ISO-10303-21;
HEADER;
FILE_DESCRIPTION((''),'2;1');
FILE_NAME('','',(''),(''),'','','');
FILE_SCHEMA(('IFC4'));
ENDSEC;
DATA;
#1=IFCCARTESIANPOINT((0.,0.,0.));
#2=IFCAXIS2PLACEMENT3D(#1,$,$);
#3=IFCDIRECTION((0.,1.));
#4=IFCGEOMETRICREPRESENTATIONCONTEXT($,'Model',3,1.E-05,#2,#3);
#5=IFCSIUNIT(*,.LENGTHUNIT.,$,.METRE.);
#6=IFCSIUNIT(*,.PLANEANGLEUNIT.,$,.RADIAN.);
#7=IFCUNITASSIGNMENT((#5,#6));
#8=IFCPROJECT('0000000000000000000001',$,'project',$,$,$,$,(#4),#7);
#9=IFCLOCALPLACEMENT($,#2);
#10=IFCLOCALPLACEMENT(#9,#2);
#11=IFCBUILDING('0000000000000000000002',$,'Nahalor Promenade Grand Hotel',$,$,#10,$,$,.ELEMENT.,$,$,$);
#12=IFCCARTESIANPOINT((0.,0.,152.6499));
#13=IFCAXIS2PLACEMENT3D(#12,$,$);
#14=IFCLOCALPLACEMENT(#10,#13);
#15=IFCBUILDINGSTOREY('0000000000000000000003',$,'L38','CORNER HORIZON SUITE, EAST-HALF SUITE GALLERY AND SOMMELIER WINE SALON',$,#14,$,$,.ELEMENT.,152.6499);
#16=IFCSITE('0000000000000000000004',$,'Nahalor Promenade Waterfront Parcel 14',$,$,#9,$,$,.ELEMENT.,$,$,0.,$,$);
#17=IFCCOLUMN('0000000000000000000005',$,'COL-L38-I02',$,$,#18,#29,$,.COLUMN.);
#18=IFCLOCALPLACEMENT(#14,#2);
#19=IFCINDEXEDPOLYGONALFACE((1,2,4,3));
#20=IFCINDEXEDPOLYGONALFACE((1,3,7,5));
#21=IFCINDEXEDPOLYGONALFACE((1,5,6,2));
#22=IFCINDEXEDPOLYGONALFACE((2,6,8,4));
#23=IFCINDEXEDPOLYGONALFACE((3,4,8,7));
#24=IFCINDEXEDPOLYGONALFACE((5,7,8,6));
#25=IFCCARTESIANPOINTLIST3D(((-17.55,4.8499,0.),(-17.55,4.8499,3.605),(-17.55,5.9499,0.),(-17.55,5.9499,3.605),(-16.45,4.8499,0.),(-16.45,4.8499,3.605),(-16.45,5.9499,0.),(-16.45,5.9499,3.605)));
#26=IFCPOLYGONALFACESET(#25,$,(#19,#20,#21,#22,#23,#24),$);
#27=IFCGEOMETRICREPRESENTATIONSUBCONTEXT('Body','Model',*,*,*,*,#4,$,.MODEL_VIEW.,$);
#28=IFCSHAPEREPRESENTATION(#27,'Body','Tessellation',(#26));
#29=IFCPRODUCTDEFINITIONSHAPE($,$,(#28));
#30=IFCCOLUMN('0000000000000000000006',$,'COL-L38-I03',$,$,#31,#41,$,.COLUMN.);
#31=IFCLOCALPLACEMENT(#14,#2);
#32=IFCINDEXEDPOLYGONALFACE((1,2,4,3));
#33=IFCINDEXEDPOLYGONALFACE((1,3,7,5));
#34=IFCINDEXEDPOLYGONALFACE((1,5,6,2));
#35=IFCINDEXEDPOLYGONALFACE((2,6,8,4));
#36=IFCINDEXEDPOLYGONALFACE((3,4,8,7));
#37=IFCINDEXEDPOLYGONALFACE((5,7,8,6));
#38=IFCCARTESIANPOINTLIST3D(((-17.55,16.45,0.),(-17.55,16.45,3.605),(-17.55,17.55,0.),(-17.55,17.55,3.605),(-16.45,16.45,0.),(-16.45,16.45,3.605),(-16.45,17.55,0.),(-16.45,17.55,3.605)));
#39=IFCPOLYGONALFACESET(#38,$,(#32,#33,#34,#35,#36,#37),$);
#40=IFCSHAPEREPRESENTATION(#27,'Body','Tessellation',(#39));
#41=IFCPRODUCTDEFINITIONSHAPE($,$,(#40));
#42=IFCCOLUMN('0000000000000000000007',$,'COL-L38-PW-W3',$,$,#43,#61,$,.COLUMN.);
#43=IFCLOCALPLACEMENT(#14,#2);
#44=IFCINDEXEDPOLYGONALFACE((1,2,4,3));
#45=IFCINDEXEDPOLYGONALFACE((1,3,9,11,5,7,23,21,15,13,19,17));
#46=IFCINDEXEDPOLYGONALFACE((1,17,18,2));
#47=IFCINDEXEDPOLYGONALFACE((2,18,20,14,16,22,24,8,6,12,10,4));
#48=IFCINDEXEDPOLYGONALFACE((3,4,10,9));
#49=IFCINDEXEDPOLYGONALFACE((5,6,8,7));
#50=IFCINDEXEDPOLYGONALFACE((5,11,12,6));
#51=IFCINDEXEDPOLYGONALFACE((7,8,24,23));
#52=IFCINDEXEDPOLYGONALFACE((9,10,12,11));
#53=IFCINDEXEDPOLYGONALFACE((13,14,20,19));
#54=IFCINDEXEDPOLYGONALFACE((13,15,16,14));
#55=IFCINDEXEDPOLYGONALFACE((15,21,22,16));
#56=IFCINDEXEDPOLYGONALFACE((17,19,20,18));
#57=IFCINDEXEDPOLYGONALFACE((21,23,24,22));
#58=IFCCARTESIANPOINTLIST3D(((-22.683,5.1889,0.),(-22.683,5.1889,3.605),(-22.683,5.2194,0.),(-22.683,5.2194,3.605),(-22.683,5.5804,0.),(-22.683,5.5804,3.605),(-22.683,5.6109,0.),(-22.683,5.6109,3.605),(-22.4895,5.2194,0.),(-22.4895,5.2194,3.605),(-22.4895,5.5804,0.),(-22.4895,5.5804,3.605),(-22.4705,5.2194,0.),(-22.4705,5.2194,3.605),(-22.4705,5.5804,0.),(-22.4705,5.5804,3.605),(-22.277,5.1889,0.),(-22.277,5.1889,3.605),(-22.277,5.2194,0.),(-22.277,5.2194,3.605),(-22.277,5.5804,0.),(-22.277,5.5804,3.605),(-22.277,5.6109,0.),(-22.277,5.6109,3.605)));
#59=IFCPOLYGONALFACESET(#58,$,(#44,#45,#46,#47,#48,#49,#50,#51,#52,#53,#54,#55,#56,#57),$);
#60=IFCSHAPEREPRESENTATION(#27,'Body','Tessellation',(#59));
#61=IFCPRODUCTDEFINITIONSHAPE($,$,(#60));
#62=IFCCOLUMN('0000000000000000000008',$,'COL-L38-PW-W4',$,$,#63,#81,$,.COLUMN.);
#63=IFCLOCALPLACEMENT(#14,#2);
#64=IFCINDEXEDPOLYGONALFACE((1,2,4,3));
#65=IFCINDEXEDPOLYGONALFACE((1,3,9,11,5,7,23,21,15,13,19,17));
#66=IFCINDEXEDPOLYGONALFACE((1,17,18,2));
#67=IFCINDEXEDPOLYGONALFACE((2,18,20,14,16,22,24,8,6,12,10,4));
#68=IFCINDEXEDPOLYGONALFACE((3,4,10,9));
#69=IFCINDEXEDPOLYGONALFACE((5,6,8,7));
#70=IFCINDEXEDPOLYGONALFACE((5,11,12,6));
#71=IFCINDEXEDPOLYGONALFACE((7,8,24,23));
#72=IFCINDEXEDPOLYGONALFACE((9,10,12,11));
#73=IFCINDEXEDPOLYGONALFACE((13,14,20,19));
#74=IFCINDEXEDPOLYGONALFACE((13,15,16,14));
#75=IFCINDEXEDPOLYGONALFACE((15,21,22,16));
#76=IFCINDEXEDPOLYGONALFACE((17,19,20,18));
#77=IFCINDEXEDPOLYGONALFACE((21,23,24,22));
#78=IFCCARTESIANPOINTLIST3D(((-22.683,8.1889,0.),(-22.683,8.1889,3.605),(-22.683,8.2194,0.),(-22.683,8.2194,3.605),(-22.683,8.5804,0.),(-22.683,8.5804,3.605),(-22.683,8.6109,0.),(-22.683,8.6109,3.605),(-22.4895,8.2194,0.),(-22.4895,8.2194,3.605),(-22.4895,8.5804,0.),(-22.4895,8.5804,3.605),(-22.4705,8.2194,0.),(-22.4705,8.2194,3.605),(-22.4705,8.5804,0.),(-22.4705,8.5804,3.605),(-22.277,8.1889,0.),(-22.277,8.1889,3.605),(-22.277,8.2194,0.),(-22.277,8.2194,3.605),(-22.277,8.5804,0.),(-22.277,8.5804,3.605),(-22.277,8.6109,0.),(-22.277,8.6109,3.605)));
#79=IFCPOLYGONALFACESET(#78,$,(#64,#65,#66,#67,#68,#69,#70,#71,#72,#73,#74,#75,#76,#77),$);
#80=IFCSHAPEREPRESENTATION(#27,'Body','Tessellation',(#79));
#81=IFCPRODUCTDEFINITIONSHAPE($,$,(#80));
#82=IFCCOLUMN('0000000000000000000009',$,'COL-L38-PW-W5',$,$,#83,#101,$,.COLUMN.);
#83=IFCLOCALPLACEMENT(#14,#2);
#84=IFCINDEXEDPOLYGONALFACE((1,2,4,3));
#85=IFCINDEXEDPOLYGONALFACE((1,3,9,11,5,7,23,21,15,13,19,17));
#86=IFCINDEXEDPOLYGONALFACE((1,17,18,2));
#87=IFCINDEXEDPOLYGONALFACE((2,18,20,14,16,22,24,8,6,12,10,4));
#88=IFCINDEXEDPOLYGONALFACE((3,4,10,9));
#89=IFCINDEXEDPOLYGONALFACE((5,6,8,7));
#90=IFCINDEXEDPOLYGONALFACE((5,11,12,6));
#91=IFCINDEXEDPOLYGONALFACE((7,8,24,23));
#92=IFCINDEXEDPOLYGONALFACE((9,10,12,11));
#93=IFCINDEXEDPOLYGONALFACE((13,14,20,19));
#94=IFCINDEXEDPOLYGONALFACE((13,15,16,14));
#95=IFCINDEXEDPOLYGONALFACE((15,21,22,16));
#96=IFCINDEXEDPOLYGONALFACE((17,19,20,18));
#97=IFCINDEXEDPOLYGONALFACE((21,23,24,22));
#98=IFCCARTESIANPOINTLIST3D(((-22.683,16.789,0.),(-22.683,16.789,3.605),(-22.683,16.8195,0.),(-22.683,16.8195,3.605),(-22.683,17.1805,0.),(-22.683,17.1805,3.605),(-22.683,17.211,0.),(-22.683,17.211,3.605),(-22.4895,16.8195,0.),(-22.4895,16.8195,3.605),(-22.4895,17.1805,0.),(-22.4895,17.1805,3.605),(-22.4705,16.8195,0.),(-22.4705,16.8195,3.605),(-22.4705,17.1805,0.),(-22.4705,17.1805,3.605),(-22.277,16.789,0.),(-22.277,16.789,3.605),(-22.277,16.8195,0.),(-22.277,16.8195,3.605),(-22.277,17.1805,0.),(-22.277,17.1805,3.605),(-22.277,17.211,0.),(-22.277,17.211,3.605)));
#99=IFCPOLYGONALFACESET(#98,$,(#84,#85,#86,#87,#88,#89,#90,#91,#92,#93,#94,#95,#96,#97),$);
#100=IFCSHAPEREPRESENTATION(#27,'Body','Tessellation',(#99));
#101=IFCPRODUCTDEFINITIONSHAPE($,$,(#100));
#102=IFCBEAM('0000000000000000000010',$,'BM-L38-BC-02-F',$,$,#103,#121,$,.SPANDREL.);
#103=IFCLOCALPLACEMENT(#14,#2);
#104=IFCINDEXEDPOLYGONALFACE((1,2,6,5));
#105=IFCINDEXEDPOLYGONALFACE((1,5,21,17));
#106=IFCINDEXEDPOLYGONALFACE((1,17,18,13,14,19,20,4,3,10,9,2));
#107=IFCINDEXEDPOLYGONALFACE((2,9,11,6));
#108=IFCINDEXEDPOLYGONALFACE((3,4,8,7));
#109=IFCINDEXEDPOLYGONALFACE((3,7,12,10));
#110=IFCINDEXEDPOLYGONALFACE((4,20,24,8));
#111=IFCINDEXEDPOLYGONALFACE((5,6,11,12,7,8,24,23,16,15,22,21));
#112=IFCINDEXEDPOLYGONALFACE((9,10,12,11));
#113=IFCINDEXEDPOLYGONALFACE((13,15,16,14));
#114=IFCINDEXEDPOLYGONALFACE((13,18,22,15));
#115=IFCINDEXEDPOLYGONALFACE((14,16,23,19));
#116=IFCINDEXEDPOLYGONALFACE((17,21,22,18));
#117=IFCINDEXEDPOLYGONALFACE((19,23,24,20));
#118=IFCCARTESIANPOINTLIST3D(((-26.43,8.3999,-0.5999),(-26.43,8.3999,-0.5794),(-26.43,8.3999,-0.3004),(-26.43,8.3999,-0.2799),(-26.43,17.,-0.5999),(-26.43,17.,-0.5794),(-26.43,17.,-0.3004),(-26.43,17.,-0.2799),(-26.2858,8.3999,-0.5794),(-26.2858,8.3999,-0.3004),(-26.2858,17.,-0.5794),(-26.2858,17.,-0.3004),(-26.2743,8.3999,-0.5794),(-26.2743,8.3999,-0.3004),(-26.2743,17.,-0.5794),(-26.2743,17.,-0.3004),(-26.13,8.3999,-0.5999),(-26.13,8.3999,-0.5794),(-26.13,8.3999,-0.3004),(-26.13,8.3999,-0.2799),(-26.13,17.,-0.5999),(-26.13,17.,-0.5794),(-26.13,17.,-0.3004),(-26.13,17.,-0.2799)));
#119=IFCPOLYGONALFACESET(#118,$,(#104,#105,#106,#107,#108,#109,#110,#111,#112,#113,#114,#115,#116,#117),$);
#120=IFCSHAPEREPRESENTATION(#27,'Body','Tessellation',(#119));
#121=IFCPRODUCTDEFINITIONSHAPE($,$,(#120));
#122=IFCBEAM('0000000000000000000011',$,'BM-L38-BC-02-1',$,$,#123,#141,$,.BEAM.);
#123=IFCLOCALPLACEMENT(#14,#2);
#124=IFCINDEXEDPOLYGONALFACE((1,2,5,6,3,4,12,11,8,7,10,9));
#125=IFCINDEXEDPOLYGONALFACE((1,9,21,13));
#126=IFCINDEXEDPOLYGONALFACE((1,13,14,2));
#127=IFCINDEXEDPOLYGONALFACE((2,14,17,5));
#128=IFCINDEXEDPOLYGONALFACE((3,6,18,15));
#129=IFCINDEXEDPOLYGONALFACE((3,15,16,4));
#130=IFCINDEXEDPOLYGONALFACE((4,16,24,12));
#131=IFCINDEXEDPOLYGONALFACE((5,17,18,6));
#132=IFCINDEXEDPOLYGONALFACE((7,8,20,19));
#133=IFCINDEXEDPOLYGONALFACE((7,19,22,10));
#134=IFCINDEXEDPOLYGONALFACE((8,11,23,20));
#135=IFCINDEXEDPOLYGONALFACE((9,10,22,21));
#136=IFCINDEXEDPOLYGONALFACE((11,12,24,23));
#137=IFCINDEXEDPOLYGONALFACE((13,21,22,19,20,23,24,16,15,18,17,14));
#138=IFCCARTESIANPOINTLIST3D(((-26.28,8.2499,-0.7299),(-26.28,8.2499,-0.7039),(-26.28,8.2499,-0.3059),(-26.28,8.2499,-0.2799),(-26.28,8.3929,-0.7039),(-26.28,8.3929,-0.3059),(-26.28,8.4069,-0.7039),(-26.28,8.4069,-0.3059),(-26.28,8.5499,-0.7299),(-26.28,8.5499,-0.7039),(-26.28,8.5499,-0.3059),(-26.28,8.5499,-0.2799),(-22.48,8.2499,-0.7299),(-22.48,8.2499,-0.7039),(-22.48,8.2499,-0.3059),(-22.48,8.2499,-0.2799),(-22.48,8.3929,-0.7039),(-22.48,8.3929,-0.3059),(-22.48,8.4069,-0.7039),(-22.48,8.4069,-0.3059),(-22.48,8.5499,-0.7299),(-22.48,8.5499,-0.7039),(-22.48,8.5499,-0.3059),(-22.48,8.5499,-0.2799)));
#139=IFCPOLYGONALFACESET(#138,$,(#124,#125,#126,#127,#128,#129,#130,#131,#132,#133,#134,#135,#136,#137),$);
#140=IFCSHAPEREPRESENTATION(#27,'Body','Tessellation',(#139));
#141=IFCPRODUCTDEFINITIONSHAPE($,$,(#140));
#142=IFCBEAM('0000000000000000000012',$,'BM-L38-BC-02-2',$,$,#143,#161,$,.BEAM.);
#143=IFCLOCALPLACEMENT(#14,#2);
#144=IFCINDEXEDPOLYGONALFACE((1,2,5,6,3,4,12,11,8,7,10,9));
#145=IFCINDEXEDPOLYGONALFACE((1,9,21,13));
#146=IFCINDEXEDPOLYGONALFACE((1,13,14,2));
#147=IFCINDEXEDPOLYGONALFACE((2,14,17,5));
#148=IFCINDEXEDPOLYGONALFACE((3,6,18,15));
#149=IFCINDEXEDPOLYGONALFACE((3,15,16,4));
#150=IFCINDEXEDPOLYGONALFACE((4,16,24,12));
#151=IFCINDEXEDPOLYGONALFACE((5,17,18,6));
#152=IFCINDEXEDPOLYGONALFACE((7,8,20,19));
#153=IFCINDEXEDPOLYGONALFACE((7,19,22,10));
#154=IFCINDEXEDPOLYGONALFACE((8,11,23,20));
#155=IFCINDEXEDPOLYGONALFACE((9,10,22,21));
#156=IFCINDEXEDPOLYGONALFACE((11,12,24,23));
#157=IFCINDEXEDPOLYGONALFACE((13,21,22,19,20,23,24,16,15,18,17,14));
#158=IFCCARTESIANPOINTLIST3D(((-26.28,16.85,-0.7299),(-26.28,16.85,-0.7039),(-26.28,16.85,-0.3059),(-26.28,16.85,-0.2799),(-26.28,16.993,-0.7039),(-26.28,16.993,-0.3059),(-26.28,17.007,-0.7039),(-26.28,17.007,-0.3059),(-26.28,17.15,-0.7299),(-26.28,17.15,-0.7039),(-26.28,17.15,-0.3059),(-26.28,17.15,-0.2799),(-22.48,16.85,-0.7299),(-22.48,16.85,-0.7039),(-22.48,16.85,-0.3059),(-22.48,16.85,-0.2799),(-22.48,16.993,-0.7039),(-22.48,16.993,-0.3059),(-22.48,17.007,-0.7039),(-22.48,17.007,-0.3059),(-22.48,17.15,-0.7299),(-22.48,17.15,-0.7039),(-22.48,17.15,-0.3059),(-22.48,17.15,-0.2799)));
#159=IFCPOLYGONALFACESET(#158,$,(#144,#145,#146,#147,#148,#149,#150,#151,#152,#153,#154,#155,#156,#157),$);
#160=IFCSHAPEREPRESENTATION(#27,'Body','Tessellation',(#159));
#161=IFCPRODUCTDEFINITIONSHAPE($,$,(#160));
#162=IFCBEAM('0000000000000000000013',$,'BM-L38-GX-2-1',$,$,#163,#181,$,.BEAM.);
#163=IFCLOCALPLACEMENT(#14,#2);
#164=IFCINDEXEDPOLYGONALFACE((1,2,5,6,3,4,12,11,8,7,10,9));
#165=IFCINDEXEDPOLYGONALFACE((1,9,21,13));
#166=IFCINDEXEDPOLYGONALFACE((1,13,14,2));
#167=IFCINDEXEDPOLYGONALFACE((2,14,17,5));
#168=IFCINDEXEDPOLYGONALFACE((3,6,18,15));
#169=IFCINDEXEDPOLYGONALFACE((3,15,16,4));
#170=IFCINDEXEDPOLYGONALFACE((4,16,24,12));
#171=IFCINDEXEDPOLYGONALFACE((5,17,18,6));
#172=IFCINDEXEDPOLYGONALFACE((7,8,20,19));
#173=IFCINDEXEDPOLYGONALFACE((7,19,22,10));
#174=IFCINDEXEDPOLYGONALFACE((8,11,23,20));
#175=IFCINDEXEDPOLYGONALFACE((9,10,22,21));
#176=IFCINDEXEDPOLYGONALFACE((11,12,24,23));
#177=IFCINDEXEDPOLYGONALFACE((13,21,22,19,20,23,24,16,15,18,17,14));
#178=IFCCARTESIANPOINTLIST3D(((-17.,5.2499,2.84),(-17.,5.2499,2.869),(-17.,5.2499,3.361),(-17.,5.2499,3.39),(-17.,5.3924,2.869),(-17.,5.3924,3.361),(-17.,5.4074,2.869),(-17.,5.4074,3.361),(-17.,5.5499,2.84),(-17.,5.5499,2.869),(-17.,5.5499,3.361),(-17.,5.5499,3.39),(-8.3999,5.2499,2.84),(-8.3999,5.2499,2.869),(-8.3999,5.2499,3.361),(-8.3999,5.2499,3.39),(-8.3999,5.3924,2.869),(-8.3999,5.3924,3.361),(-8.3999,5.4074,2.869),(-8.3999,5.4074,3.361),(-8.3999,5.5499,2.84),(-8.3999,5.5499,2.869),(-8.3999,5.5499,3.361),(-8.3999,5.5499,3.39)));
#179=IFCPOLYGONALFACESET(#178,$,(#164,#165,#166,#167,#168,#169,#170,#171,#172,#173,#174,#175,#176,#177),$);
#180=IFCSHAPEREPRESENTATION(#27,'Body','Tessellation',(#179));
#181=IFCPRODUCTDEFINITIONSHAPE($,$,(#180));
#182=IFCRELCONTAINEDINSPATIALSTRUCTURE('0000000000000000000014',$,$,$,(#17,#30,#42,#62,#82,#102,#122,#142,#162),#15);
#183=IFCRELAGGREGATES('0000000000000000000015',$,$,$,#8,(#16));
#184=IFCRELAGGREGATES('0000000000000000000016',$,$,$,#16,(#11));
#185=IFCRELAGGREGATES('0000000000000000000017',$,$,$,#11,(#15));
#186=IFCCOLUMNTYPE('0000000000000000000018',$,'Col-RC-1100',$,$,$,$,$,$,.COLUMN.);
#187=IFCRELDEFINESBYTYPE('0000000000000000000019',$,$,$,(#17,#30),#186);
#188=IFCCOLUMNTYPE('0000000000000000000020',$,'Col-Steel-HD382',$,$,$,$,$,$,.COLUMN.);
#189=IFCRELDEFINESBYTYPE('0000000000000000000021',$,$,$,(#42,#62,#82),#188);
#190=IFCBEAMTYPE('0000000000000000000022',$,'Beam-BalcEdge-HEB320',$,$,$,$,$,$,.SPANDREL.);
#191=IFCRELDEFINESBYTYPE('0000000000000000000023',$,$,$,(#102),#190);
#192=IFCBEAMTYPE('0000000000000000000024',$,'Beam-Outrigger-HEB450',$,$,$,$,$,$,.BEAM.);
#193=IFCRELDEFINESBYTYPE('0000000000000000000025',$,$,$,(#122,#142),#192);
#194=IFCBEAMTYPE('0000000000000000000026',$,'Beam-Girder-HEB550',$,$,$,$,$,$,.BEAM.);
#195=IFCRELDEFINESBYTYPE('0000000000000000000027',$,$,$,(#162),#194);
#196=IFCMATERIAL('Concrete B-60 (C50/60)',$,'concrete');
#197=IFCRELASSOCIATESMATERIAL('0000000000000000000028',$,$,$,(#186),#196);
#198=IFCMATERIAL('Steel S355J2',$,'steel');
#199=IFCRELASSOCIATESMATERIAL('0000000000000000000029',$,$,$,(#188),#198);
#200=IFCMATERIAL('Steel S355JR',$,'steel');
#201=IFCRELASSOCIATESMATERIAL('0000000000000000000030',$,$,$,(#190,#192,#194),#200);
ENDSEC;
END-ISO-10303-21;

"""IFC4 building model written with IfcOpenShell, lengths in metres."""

from ifc_helpers import new_model, si_unit, direction, frame, origin, origin_2d, place, context, subcontext, project, spatial, rectangle, i_section, extrude, source, transform, mapped, material, material_profile, profile_set, type_object, element, save


model = new_model("IFC4")

# Units and contexts
model_context = context("Model", 3, precision=1e-05, world=origin(), true_north=direction((0.0, 1.0)))
body_context = subcontext(model_context, "Body", "Model", "MODEL_VIEW")
ifc_project = project(units=[si_unit("LENGTHUNIT", "METRE"), si_unit("PLANEANGLEUNIT", "RADIAN")], contexts=[model_context])

# Site, building, storey
site_placement = place(None, origin())
site = spatial("IfcSite", under=ifc_project, at=site_placement, Name="Nahalor Promenade Waterfront Parcel 14", CompositionType="ELEMENT", RefElevation=0.0)
building_placement = place(site_placement, origin())
building = spatial("IfcBuilding", under=site, at=building_placement, Name="Nahalor Promenade Grand Hotel", CompositionType="ELEMENT")
storey_placement = place(building_placement, frame((0.0, 0.0, 152.6499)))
storey = spatial("IfcBuildingStorey", under=building, at=storey_placement, Name="L38", Description="CORNER HORIZON SUITE, EAST-HALF SUITE GALLERY AND SOMMELIER WINE SALON", CompositionType="ELEMENT", Elevation=152.6499)

# Columns
ifc_material_1 = material(Name="Concrete B-60 (C50/60)", Category="concrete")
ifc_material_profile_1 = material_profile(ifc_material_1, rectangle(XDim=1.1, YDim=1.1, at=origin_2d()), Name="RC 1100x1100")
ifc_profile_set_1 = profile_set([ifc_material_profile_1], Name="Concrete B-60 (C50/60)")
column_type_1 = type_object("IfcColumnType", Name="Col-RC-1100", PredefinedType="COLUMN", material=ifc_profile_set_1)
shared_shape_1 = source(origin(), body_context, "Body", "SweptSolid", [
    extrude(rectangle(XDim=1.1, YDim=1.1, at=origin_2d()), origin(), (0.0, 0.0, 1.0), 3.605),
])
for number, where, z_axis, x_axis, name in (
    (1, (-17.0, 5.3999, 0.0), (0.0, 0.0, 1.0), (1.0, 0.0, 0.0), "COL-L38-I02"),
    (2, (-17.0, 17.0, 0.0), (0.0, 0.0, 1.0), (1.0, 0.0, 0.0), "COL-L38-I03"),
):
    element("IfcColumn", number, at=place(storey_placement, frame(where, z_axis=z_axis, x_axis=x_axis)), inside=storey, type_object=column_type_1, Name=name, PredefinedType="COLUMN", context=body_context, shape_type="MappedRepresentation", body=[
        mapped(shared_shape_1, transform((0.0, 0.0, 0.0), scale=1.0)),
    ])
ifc_material_2 = material(Name="Steel S355J2", Category="steel")
ifc_material_profile_2 = material_profile(ifc_material_2, i_section(OverallWidth=0.406, OverallDepth=0.422, WebThickness=0.019, FlangeThickness=0.0305, at=origin_2d()), Name="HD 400x382")
ifc_profile_set_2 = profile_set([ifc_material_profile_2], Name="Steel S355J2")
column_type_2 = type_object("IfcColumnType", Name="Col-Steel-HD382", PredefinedType="COLUMN", material=ifc_profile_set_2)
shared_shape_2 = source(origin(), body_context, "Body", "SweptSolid", [
    extrude(i_section(OverallWidth=0.406, OverallDepth=0.422, WebThickness=0.019, FlangeThickness=0.0305, at=origin_2d()), origin(), (0.0, 0.0, 1.0), 3.605),
])
for number, where, z_axis, x_axis, name in (
    (3, (-22.48, 5.3999, 0.0), (0.0, 0.0, 1.0), (1.0, 0.0, 0.0), "COL-L38-PW-W3"),
    (4, (-22.48, 8.3999, 0.0), (0.0, 0.0, 1.0), (1.0, 0.0, 0.0), "COL-L38-PW-W4"),
    (5, (-22.48, 17.0, 0.0), (0.0, 0.0, 1.0), (1.0, 0.0, 0.0), "COL-L38-PW-W5"),
):
    element("IfcColumn", number, at=place(storey_placement, frame(where, z_axis=z_axis, x_axis=x_axis)), inside=storey, type_object=column_type_2, Name=name, PredefinedType="COLUMN", context=body_context, shape_type="MappedRepresentation", body=[
        mapped(shared_shape_2, transform((0.0, 0.0, 0.0), scale=1.0)),
    ])

# Beams
ifc_material_3 = material(Name="Steel S355JR", Category="steel")
ifc_material_profile_3 = material_profile(ifc_material_3, i_section(OverallWidth=0.3, OverallDepth=0.32, WebThickness=0.0115, FlangeThickness=0.0205, at=origin_2d()), Name="HEB 320")
ifc_profile_set_3 = profile_set([ifc_material_profile_3], Name="Steel S355JR")
beam_type_1 = type_object("IfcBeamType", Name="Beam-BalcEdge-HEB320", PredefinedType="SPANDREL", material=ifc_profile_set_3)
shared_shape_3 = source(origin(), body_context, "Body", "SweptSolid", [
    extrude(i_section(OverallWidth=0.3, OverallDepth=0.32, WebThickness=0.0115, FlangeThickness=0.0205, at=origin_2d()), origin(), (0.0, 0.0, 1.0), 8.6001),
])
beam_1_placement = place(storey_placement, frame((-26.28, 8.3999, -0.4399), z_axis=(0.0, 1.0, 0.0), x_axis=(-1.0, 0.0, 0.0)))
element("IfcBeam", 6, at=beam_1_placement, inside=storey, type_object=beam_type_1, Name="BM-L38-BC-02-F", PredefinedType="SPANDREL", context=body_context, shape_type="MappedRepresentation", body=[
    mapped(shared_shape_3, transform((0.0, 0.0, 0.0), scale=1.0)),
])
ifc_material_profile_4 = material_profile(ifc_material_3, i_section(OverallWidth=0.3, OverallDepth=0.45, WebThickness=0.014, FlangeThickness=0.026, at=origin_2d()), Name="HEB 450")
ifc_profile_set_4 = profile_set([ifc_material_profile_4], Name="Steel S355JR")
beam_type_2 = type_object("IfcBeamType", Name="Beam-Outrigger-HEB450", PredefinedType="BEAM", material=ifc_profile_set_4)
shared_shape_4 = source(origin(), body_context, "Body", "SweptSolid", [
    extrude(i_section(OverallWidth=0.3, OverallDepth=0.45, WebThickness=0.014, FlangeThickness=0.026, at=origin_2d()), origin(), (0.0, 0.0, 1.0), 3.8),
])
for number, where, z_axis, x_axis, name in (
    (7, (-26.28, 8.3999, -0.5049), (1.0, 0.0, 0.0), (0.0, 1.0, 0.0), "BM-L38-BC-02-1"),
    (8, (-26.28, 17.0, -0.5049), (1.0, 0.0, 0.0), (0.0, 1.0, 0.0), "BM-L38-BC-02-2"),
):
    element("IfcBeam", number, at=place(storey_placement, frame(where, z_axis=z_axis, x_axis=x_axis)), inside=storey, type_object=beam_type_2, Name=name, PredefinedType="BEAM", context=body_context, shape_type="MappedRepresentation", body=[
        mapped(shared_shape_4, transform((0.0, 0.0, 0.0), scale=1.0)),
    ])
ifc_material_profile_5 = material_profile(ifc_material_3, i_section(OverallWidth=0.3, OverallDepth=0.55, WebThickness=0.015, FlangeThickness=0.029, at=origin_2d()), Name="HEB 550")
ifc_profile_set_5 = profile_set([ifc_material_profile_5], Name="Steel S355JR")
beam_type_3 = type_object("IfcBeamType", Name="Beam-Girder-HEB550", PredefinedType="BEAM", material=ifc_profile_set_5)
shared_shape_5 = source(origin(), body_context, "Body", "SweptSolid", [
    extrude(i_section(OverallWidth=0.3, OverallDepth=0.55, WebThickness=0.015, FlangeThickness=0.029, at=origin_2d()), origin(), (0.0, 0.0, 1.0), 8.6001),
])
for number, where, z_axis, x_axis, name in (
    (9, (-17.0, 5.3999, 3.115), (1.0, 0.0, 0.0), (0.0, 1.0, 0.0), "BM-L38-GX-2-1"),
):
    element("IfcBeam", number, at=place(storey_placement, frame(where, z_axis=z_axis, x_axis=x_axis)), inside=storey, type_object=beam_type_3, Name=name, PredefinedType="BEAM", context=body_context, shape_type="MappedRepresentation", body=[
        mapped(shared_shape_5, transform((0.0, 0.0, 0.0), scale=1.0)),
    ])

save(model, "model.ifc")
